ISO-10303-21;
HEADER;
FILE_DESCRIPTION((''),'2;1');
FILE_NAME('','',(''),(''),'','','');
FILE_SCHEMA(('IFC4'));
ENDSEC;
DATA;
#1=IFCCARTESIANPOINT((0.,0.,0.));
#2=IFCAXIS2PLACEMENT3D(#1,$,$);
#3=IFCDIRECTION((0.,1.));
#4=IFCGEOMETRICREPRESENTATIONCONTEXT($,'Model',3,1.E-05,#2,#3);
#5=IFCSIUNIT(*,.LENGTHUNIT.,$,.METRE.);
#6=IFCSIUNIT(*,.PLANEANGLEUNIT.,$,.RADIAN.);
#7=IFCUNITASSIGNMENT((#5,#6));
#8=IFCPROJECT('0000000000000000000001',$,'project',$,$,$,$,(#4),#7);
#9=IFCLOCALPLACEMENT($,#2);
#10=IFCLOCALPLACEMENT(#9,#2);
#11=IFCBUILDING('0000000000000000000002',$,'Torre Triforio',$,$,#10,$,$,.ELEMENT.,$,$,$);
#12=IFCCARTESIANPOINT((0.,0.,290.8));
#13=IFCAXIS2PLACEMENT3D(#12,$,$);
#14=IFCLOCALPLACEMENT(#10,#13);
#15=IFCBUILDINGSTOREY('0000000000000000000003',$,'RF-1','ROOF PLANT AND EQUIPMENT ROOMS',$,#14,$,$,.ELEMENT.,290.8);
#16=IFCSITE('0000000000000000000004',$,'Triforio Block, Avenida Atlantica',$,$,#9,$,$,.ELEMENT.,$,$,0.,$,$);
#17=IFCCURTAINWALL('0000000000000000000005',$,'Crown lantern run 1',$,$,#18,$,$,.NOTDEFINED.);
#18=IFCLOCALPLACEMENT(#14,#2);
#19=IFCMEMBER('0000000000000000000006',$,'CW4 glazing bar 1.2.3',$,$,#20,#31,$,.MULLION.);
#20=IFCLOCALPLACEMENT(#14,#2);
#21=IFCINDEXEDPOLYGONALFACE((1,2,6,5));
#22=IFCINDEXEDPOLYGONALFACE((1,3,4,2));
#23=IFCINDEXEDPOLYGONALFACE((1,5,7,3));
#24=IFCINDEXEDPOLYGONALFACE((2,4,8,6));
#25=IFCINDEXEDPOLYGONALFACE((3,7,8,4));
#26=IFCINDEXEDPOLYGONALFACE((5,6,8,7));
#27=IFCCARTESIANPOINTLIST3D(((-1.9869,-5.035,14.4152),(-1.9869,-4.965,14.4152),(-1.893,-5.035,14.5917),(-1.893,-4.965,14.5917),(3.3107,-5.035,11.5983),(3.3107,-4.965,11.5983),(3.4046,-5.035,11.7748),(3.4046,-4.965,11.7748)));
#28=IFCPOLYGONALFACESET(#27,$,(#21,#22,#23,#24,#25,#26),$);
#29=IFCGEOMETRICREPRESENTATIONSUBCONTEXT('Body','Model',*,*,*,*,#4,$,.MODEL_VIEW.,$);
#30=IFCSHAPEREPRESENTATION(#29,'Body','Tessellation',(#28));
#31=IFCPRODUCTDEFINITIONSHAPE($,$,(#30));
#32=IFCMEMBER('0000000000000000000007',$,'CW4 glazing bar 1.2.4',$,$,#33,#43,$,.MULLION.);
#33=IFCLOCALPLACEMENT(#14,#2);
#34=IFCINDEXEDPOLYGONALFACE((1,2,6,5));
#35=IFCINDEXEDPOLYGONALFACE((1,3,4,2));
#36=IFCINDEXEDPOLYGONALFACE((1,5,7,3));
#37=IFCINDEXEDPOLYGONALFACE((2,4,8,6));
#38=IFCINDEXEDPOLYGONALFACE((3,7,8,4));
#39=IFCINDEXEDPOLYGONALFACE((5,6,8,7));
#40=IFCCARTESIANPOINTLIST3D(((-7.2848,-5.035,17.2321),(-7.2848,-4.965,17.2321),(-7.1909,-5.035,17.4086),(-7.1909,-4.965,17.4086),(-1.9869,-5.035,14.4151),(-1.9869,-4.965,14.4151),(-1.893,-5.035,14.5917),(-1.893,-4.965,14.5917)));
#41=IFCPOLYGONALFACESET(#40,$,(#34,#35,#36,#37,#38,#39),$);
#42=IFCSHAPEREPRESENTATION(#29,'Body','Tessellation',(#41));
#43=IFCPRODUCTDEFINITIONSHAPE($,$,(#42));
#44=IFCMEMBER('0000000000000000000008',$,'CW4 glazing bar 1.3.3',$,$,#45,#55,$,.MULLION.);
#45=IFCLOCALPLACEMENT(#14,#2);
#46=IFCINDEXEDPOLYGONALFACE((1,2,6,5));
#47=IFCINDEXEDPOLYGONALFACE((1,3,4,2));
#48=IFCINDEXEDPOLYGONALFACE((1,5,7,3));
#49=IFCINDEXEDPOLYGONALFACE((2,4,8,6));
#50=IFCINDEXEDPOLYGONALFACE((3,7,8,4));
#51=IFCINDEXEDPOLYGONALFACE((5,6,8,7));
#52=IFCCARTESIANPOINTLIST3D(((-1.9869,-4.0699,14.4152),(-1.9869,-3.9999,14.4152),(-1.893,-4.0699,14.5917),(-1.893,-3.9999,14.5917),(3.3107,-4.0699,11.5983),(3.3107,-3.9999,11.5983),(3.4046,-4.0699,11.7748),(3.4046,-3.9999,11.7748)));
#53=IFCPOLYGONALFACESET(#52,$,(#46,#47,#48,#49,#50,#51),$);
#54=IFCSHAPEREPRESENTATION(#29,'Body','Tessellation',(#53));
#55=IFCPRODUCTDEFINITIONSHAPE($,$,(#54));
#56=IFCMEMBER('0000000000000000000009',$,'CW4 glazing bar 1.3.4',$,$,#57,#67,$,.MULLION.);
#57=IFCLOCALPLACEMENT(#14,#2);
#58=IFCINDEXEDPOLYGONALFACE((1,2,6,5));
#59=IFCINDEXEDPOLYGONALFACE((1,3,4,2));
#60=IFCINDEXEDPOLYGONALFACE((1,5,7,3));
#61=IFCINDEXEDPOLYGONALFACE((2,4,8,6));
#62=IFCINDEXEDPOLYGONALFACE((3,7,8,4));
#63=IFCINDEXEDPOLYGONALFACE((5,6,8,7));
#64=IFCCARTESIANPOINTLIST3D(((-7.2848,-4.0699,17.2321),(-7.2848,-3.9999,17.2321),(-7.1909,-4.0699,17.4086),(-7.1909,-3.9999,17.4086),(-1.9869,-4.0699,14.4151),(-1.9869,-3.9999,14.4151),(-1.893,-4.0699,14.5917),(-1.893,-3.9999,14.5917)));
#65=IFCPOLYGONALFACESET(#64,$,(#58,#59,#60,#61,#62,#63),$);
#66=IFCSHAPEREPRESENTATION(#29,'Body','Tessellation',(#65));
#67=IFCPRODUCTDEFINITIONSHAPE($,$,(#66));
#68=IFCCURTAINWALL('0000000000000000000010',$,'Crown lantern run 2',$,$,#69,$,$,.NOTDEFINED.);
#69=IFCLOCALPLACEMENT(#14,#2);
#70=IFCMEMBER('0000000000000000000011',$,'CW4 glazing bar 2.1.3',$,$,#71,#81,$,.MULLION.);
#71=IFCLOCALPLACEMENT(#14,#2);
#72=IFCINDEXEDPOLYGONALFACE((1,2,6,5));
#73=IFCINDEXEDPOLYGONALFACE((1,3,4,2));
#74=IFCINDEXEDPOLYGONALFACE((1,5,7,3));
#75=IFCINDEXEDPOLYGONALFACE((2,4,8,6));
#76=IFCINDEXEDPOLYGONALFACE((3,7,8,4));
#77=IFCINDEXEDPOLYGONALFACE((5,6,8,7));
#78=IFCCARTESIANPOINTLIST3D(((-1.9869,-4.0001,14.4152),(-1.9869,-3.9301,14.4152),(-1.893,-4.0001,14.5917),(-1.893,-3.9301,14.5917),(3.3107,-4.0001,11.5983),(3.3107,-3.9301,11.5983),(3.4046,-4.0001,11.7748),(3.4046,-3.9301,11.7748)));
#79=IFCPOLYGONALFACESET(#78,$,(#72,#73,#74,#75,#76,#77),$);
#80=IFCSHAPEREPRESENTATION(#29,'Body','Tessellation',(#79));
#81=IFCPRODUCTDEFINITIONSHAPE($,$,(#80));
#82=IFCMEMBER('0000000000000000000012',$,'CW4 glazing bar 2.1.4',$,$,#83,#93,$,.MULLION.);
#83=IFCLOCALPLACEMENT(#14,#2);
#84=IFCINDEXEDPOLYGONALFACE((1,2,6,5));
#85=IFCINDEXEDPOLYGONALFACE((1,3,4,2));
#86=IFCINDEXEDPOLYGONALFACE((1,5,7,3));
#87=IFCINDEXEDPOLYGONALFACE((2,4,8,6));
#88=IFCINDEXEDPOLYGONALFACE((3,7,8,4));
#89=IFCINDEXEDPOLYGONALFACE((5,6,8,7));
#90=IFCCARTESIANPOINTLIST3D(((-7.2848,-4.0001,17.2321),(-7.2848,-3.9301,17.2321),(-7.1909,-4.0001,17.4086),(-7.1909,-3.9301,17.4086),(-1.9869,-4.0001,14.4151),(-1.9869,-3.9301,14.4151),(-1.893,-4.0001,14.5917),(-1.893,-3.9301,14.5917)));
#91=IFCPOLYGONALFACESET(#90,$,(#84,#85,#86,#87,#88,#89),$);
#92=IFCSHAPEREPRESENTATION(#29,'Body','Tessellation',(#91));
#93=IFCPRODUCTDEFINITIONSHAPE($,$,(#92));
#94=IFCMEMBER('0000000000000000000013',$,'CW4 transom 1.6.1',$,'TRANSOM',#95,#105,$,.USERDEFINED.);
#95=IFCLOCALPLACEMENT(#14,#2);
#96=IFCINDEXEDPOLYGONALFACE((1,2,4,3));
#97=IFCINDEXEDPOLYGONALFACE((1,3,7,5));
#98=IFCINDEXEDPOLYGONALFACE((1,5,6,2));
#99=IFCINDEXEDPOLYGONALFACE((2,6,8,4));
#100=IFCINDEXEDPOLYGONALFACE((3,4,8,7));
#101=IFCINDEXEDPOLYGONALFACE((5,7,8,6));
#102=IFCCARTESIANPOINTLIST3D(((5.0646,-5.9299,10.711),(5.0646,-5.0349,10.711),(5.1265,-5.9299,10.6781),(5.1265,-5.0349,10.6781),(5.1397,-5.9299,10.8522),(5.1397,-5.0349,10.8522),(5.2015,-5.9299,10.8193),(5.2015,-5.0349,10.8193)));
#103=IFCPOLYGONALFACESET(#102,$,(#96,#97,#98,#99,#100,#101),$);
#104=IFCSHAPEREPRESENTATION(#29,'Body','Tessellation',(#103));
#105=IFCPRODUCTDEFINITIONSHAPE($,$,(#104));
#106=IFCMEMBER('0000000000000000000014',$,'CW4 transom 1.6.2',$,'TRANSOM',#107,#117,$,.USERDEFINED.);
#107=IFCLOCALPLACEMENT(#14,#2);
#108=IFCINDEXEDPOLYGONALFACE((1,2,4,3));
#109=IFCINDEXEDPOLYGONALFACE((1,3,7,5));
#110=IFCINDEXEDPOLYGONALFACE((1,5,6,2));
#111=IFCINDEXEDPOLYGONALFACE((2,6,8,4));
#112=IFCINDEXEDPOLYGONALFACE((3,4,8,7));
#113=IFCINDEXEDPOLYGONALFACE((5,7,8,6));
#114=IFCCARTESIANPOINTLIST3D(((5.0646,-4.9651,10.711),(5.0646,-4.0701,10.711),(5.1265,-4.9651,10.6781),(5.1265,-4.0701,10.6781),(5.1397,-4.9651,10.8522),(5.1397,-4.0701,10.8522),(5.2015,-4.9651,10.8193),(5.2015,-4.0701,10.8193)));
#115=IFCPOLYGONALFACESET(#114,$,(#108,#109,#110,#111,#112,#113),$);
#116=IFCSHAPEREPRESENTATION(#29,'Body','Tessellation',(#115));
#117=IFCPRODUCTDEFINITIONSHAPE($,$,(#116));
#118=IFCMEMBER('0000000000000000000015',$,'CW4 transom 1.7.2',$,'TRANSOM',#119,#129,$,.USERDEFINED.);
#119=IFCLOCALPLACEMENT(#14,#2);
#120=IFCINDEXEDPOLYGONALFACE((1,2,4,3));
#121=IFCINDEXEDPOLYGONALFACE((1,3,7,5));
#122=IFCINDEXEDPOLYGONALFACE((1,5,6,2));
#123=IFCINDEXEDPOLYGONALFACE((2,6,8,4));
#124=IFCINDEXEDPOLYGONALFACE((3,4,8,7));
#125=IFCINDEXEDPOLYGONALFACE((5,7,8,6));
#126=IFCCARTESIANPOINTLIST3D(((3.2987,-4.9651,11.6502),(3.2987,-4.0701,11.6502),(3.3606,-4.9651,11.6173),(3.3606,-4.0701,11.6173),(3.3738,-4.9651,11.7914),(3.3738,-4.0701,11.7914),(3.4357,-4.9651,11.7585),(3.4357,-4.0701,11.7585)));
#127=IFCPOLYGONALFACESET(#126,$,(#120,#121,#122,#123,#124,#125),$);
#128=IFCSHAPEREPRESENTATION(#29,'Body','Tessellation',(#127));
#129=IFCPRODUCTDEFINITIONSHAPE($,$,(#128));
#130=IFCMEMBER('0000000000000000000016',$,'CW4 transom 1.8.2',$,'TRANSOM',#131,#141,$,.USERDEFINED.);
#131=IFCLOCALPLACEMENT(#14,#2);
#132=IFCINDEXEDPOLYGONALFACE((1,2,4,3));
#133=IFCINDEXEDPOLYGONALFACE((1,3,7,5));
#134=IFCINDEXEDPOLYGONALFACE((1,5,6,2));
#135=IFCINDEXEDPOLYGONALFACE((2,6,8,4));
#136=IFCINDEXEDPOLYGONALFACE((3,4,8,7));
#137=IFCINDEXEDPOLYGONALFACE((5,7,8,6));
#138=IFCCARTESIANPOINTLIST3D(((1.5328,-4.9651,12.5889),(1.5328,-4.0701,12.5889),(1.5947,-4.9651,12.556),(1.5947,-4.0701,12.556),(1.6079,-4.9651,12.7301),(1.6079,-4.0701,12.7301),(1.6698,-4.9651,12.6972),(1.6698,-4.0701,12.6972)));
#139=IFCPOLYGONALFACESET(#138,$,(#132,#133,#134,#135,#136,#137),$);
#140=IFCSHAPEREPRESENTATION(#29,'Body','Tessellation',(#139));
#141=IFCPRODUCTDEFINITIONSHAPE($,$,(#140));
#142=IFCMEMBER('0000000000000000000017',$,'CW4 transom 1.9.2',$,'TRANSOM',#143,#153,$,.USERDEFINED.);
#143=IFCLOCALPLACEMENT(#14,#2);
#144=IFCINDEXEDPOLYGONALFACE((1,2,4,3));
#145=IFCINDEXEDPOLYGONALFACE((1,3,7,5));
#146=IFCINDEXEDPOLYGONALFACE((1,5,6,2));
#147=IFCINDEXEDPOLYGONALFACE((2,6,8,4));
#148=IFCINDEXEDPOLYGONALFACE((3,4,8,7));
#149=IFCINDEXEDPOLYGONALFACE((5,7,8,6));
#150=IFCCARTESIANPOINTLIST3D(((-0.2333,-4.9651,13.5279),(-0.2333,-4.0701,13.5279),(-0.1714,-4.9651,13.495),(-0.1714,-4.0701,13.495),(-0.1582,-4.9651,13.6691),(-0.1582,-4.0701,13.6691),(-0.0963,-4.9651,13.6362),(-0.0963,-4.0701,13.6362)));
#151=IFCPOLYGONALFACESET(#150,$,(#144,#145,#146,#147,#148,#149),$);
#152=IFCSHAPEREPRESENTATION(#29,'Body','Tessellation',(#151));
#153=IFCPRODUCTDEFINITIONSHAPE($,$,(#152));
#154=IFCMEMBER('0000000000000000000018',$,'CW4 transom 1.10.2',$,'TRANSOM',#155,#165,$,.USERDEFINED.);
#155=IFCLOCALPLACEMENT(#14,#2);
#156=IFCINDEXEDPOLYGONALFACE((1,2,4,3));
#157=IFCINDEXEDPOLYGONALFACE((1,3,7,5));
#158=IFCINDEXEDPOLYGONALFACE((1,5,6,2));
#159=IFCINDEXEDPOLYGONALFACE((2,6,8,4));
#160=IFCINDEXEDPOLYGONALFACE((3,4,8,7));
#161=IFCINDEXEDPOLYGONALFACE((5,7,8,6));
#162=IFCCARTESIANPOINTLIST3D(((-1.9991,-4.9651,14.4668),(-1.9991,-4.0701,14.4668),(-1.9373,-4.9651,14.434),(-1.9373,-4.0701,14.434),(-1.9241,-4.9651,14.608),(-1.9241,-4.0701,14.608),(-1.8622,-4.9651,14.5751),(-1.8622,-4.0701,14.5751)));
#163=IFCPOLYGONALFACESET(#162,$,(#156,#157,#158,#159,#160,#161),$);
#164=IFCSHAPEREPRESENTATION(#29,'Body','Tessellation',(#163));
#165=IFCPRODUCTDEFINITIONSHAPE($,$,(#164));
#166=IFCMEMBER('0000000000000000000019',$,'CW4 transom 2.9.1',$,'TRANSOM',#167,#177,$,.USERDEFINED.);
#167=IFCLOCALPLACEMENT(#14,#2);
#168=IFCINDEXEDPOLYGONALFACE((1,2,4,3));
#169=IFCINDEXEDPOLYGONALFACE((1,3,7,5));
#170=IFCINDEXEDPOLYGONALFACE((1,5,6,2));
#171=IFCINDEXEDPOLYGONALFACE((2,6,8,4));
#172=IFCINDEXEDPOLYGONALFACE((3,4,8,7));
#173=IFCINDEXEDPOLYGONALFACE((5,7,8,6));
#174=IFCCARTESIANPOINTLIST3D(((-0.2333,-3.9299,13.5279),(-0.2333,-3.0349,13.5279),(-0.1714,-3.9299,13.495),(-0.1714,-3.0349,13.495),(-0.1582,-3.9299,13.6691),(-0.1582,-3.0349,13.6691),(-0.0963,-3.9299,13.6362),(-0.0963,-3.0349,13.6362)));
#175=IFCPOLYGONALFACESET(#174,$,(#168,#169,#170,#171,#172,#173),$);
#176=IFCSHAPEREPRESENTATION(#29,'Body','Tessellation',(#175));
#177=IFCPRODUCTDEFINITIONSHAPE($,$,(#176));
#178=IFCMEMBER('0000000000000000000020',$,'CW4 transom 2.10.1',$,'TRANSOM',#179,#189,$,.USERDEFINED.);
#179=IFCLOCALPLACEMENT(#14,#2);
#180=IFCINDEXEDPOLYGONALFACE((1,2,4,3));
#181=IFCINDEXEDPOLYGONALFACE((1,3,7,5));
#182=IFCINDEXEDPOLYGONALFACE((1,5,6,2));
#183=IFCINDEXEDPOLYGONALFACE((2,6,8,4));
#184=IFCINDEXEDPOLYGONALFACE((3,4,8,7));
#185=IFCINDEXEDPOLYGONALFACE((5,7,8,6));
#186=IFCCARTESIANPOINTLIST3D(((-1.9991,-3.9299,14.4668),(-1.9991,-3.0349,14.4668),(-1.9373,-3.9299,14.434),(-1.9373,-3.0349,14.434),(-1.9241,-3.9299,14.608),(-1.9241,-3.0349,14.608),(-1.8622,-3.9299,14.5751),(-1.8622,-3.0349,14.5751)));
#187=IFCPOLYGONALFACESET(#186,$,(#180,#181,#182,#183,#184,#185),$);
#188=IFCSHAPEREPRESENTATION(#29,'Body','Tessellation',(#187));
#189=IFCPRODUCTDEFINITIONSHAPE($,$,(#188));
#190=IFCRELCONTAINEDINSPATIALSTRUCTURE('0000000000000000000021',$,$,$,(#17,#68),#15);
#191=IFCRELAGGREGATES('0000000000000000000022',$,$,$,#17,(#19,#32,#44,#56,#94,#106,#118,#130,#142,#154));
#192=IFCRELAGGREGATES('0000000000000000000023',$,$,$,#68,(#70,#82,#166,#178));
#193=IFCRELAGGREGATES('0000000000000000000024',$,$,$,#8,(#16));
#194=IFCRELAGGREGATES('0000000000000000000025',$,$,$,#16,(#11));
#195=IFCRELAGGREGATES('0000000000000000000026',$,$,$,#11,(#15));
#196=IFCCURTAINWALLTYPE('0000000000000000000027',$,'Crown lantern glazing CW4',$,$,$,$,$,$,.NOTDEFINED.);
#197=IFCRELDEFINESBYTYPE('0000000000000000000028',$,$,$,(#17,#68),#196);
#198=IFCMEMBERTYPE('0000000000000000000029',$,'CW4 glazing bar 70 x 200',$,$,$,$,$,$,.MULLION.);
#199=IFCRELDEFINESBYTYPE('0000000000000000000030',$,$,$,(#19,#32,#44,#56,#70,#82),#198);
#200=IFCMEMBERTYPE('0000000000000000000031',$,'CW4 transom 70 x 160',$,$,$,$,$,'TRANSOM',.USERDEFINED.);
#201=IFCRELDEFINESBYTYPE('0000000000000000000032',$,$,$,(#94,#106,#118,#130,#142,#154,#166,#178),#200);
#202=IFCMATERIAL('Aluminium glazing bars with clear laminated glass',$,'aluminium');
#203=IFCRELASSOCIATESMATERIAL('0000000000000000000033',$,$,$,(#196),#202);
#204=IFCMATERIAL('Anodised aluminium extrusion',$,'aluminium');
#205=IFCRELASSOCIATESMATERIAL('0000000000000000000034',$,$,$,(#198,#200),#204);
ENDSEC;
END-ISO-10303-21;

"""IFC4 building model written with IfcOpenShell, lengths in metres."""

from ifc_helpers import new_model, si_unit, direction, frame, origin, origin_2d, place, context, subcontext, project, spatial, rectangle, extrude, material, material_profile, profile_set, type_object, element, aggregate, save


model = new_model("IFC4")

# Units and contexts
model_context = context("Model", 3, precision=1e-05, world=origin(), true_north=direction((0.0, 1.0)))
body_context = subcontext(model_context, "Body", "Model", "MODEL_VIEW")
ifc_project = project(units=[si_unit("LENGTHUNIT", "METRE"), si_unit("PLANEANGLEUNIT", "RADIAN")], contexts=[model_context])

# Site, building, storey
site_placement = place(None, origin())
site = spatial("IfcSite", under=ifc_project, at=site_placement, Name="Triforio Block, Avenida Atlantica", CompositionType="ELEMENT", RefElevation=0.0)
building_placement = place(site_placement, origin())
building = spatial("IfcBuilding", under=site, at=building_placement, Name="Torre Triforio", CompositionType="ELEMENT")
storey_placement = place(building_placement, frame((0.0, 0.0, 290.8)))
storey = spatial("IfcBuildingStorey", under=building, at=storey_placement, Name="RF-1", Description="ROOF PLANT AND EQUIPMENT ROOMS", CompositionType="ELEMENT", Elevation=290.8)

# Curtain walls, members
ifc_material_1 = material(Name="Aluminium glazing bars with clear laminated glass", Category="aluminium")
curtain_wall_type = type_object("IfcCurtainWallType", Name="Crown lantern glazing CW4", PredefinedType="NOTDEFINED", material=ifc_material_1)
curtain_wall_1_placement = place(storey_placement, origin())
curtain_wall_1 = element("IfcCurtainWall", 1, at=curtain_wall_1_placement, inside=storey, type_object=curtain_wall_type, Name="Crown lantern run 1", PredefinedType="NOTDEFINED")
ifc_material_2 = material(Name="Anodised aluminium extrusion", Category="aluminium")
ifc_material_profile_1 = material_profile(ifc_material_2, rectangle(XDim=0.0701, YDim=0.2, at=origin_2d()), Name="CW4 MULLION 70x200")
ifc_profile_set_1 = profile_set([ifc_material_profile_1], Name="Anodised aluminium extrusion")
member_type_1 = type_object("IfcMemberType", Name="CW4 glazing bar 70 x 200", PredefinedType="MULLION", material=ifc_profile_set_1)
member_1_placement = place(storey_placement, frame((3.3577, -5.0, 11.6865), z_axis=(-0.88294, 0.0, 0.469485), x_axis=(0.0, -1.0, 0.0)))
member_1 = element("IfcMember", 2, at=member_1_placement, type_object=member_type_1, Name="CW4 glazing bar 1.2.3", PredefinedType="MULLION", context=body_context, shape_type="SweptSolid", body=[
    extrude(rectangle(XDim=0.0701, YDim=0.2, at=origin_2d()), origin(), (0.0, 0.0, 1.0), 6.0),
])
member_2_placement = place(storey_placement, frame((-1.9399, -5.0, 14.5034), z_axis=(-0.882949, 0.0, 0.469469), x_axis=(0.0, -1.0, 0.0)))
member_2 = element("IfcMember", 3, at=member_2_placement, type_object=member_type_1, Name="CW4 glazing bar 1.2.4", PredefinedType="MULLION", context=body_context, shape_type="SweptSolid", body=[
    extrude(rectangle(XDim=0.0701, YDim=0.2, at=origin_2d()), origin(), (0.0, 0.0, 1.0), 6.0002),
])
member_3_placement = place(storey_placement, frame((3.3577, -4.0349, 11.6865), z_axis=(-0.88294, 0.0, 0.469485), x_axis=(0.0, -1.0, 0.0)))
member_3 = element("IfcMember", 4, at=member_3_placement, type_object=member_type_1, Name="CW4 glazing bar 1.3.3", PredefinedType="MULLION", context=body_context, shape_type="SweptSolid", body=[
    extrude(rectangle(XDim=0.0701, YDim=0.2, at=origin_2d()), origin(), (0.0, 0.0, 1.0), 6.0),
])
member_4_placement = place(storey_placement, frame((-1.9399, -4.0349, 14.5034), z_axis=(-0.882949, 0.0, 0.469469), x_axis=(0.0, -1.0, 0.0)))
member_4 = element("IfcMember", 5, at=member_4_placement, type_object=member_type_1, Name="CW4 glazing bar 1.3.4", PredefinedType="MULLION", context=body_context, shape_type="SweptSolid", body=[
    extrude(rectangle(XDim=0.0701, YDim=0.2, at=origin_2d()), origin(), (0.0, 0.0, 1.0), 6.0002),
])
curtain_wall_2_placement = place(storey_placement, origin())
curtain_wall_2 = element("IfcCurtainWall", 6, at=curtain_wall_2_placement, inside=storey, type_object=curtain_wall_type, Name="Crown lantern run 2", PredefinedType="NOTDEFINED")
member_5_placement = place(storey_placement, frame((3.3577, -3.9651, 11.6865), z_axis=(-0.88294, 0.0, 0.469485), x_axis=(0.0, -1.0, 0.0)))
member_5 = element("IfcMember", 7, at=member_5_placement, type_object=member_type_1, Name="CW4 glazing bar 2.1.3", PredefinedType="MULLION", context=body_context, shape_type="SweptSolid", body=[
    extrude(rectangle(XDim=0.0701, YDim=0.2, at=origin_2d()), origin(), (0.0, 0.0, 1.0), 6.0),
])
member_6_placement = place(storey_placement, frame((-1.9399, -3.9651, 14.5034), z_axis=(-0.882949, 0.0, 0.469469), x_axis=(0.0, -1.0, 0.0)))
member_6 = element("IfcMember", 8, at=member_6_placement, type_object=member_type_1, Name="CW4 glazing bar 2.1.4", PredefinedType="MULLION", context=body_context, shape_type="SweptSolid", body=[
    extrude(rectangle(XDim=0.0701, YDim=0.2, at=origin_2d()), origin(), (0.0, 0.0, 1.0), 6.0002),
])

# Members
ifc_material_profile_2 = material_profile(ifc_material_2, rectangle(XDim=0.0701, YDim=0.1599, at=origin_2d()), Name="CW4 TRANSOM 70x160")
ifc_profile_set_2 = profile_set([ifc_material_profile_2], Name="Anodised aluminium extrusion")
member_type_2 = type_object("IfcMemberType", Name="CW4 transom 70 x 160", ElementType="TRANSOM", PredefinedType="USERDEFINED", material=ifc_profile_set_2)
member_7_placement = place(storey_placement, frame((5.1331, -5.9299, 10.7651), z_axis=(0.0, 1.0, 0.0), x_axis=(-0.882948, 0.0, 0.469472)))
member_7 = element("IfcMember", 9, at=member_7_placement, type_object=member_type_2, Name="CW4 transom 1.6.1", ObjectType="TRANSOM", PredefinedType="USERDEFINED", context=body_context, shape_type="SweptSolid", body=[
    extrude(rectangle(XDim=0.0701, YDim=0.1599, at=origin_2d()), origin(), (0.0, 0.0, 1.0), 0.895),
])
member_8_placement = place(storey_placement, frame((5.1331, -4.9651, 10.7651), z_axis=(0.0, 1.0, 0.0), x_axis=(-0.882948, 0.0, 0.469472)))
member_8 = element("IfcMember", 10, at=member_8_placement, type_object=member_type_2, Name="CW4 transom 1.6.2", ObjectType="TRANSOM", PredefinedType="USERDEFINED", context=body_context, shape_type="SweptSolid", body=[
    extrude(rectangle(XDim=0.0701, YDim=0.1599, at=origin_2d()), origin(), (0.0, 0.0, 1.0), 0.895),
])
member_9_placement = place(storey_placement, frame((3.3672, -4.9651, 11.7043), z_axis=(0.0, 1.0, 0.0), x_axis=(-0.882948, 0.0, 0.469472)))
member_9 = element("IfcMember", 11, at=member_9_placement, type_object=member_type_2, Name="CW4 transom 1.7.2", ObjectType="TRANSOM", PredefinedType="USERDEFINED", context=body_context, shape_type="SweptSolid", body=[
    extrude(rectangle(XDim=0.0701, YDim=0.1599, at=origin_2d()), origin(), (0.0, 0.0, 1.0), 0.895),
])
member_10_placement = place(storey_placement, frame((1.6013, -4.9651, 12.6431), z_axis=(0.0, 1.0, 0.0), x_axis=(-0.882948, 0.0, 0.469472)))
member_10 = element("IfcMember", 12, at=member_10_placement, type_object=member_type_2, Name="CW4 transom 1.8.2", ObjectType="TRANSOM", PredefinedType="USERDEFINED", context=body_context, shape_type="SweptSolid", body=[
    extrude(rectangle(XDim=0.0701, YDim=0.1599, at=origin_2d()), origin(), (0.0, 0.0, 1.0), 0.895),
])
member_11_placement = place(storey_placement, frame((-0.1648, -4.9651, 13.582), z_axis=(0.0, 1.0, 0.0), x_axis=(-0.882948, 0.0, 0.469472)))
member_11 = element("IfcMember", 13, at=member_11_placement, type_object=member_type_2, Name="CW4 transom 1.9.2", ObjectType="TRANSOM", PredefinedType="USERDEFINED", context=body_context, shape_type="SweptSolid", body=[
    extrude(rectangle(XDim=0.0701, YDim=0.1599, at=origin_2d()), origin(), (0.0, 0.0, 1.0), 0.895),
])
member_12_placement = place(storey_placement, frame((-1.9307, -4.9651, 14.521), z_axis=(0.0, 1.0, 0.0), x_axis=(-0.882948, 0.0, 0.469472)))
member_12 = element("IfcMember", 14, at=member_12_placement, type_object=member_type_2, Name="CW4 transom 1.10.2", ObjectType="TRANSOM", PredefinedType="USERDEFINED", context=body_context, shape_type="SweptSolid", body=[
    extrude(rectangle(XDim=0.0701, YDim=0.1599, at=origin_2d()), origin(), (0.0, 0.0, 1.0), 0.895),
])
member_13_placement = place(storey_placement, frame((-0.1648, -3.9299, 13.582), z_axis=(0.0, 1.0, 0.0), x_axis=(-0.882948, 0.0, 0.469472)))
member_13 = element("IfcMember", 15, at=member_13_placement, type_object=member_type_2, Name="CW4 transom 2.9.1", ObjectType="TRANSOM", PredefinedType="USERDEFINED", context=body_context, shape_type="SweptSolid", body=[
    extrude(rectangle(XDim=0.0701, YDim=0.1599, at=origin_2d()), origin(), (0.0, 0.0, 1.0), 0.895),
])
member_14_placement = place(storey_placement, frame((-1.9307, -3.9299, 14.521), z_axis=(0.0, 1.0, 0.0), x_axis=(-0.882948, 0.0, 0.469472)))
member_14 = element("IfcMember", 16, at=member_14_placement, type_object=member_type_2, Name="CW4 transom 2.10.1", ObjectType="TRANSOM", PredefinedType="USERDEFINED", context=body_context, shape_type="SweptSolid", body=[
    extrude(rectangle(XDim=0.0701, YDim=0.1599, at=origin_2d()), origin(), (0.0, 0.0, 1.0), 0.895),
])

aggregate(curtain_wall_1, [member_1, member_2, member_3, member_4, member_7, member_8, member_9, member_10, member_11, member_12])
aggregate(curtain_wall_2, [member_5, member_6, member_13, member_14])

save(model, "model.ifc")
